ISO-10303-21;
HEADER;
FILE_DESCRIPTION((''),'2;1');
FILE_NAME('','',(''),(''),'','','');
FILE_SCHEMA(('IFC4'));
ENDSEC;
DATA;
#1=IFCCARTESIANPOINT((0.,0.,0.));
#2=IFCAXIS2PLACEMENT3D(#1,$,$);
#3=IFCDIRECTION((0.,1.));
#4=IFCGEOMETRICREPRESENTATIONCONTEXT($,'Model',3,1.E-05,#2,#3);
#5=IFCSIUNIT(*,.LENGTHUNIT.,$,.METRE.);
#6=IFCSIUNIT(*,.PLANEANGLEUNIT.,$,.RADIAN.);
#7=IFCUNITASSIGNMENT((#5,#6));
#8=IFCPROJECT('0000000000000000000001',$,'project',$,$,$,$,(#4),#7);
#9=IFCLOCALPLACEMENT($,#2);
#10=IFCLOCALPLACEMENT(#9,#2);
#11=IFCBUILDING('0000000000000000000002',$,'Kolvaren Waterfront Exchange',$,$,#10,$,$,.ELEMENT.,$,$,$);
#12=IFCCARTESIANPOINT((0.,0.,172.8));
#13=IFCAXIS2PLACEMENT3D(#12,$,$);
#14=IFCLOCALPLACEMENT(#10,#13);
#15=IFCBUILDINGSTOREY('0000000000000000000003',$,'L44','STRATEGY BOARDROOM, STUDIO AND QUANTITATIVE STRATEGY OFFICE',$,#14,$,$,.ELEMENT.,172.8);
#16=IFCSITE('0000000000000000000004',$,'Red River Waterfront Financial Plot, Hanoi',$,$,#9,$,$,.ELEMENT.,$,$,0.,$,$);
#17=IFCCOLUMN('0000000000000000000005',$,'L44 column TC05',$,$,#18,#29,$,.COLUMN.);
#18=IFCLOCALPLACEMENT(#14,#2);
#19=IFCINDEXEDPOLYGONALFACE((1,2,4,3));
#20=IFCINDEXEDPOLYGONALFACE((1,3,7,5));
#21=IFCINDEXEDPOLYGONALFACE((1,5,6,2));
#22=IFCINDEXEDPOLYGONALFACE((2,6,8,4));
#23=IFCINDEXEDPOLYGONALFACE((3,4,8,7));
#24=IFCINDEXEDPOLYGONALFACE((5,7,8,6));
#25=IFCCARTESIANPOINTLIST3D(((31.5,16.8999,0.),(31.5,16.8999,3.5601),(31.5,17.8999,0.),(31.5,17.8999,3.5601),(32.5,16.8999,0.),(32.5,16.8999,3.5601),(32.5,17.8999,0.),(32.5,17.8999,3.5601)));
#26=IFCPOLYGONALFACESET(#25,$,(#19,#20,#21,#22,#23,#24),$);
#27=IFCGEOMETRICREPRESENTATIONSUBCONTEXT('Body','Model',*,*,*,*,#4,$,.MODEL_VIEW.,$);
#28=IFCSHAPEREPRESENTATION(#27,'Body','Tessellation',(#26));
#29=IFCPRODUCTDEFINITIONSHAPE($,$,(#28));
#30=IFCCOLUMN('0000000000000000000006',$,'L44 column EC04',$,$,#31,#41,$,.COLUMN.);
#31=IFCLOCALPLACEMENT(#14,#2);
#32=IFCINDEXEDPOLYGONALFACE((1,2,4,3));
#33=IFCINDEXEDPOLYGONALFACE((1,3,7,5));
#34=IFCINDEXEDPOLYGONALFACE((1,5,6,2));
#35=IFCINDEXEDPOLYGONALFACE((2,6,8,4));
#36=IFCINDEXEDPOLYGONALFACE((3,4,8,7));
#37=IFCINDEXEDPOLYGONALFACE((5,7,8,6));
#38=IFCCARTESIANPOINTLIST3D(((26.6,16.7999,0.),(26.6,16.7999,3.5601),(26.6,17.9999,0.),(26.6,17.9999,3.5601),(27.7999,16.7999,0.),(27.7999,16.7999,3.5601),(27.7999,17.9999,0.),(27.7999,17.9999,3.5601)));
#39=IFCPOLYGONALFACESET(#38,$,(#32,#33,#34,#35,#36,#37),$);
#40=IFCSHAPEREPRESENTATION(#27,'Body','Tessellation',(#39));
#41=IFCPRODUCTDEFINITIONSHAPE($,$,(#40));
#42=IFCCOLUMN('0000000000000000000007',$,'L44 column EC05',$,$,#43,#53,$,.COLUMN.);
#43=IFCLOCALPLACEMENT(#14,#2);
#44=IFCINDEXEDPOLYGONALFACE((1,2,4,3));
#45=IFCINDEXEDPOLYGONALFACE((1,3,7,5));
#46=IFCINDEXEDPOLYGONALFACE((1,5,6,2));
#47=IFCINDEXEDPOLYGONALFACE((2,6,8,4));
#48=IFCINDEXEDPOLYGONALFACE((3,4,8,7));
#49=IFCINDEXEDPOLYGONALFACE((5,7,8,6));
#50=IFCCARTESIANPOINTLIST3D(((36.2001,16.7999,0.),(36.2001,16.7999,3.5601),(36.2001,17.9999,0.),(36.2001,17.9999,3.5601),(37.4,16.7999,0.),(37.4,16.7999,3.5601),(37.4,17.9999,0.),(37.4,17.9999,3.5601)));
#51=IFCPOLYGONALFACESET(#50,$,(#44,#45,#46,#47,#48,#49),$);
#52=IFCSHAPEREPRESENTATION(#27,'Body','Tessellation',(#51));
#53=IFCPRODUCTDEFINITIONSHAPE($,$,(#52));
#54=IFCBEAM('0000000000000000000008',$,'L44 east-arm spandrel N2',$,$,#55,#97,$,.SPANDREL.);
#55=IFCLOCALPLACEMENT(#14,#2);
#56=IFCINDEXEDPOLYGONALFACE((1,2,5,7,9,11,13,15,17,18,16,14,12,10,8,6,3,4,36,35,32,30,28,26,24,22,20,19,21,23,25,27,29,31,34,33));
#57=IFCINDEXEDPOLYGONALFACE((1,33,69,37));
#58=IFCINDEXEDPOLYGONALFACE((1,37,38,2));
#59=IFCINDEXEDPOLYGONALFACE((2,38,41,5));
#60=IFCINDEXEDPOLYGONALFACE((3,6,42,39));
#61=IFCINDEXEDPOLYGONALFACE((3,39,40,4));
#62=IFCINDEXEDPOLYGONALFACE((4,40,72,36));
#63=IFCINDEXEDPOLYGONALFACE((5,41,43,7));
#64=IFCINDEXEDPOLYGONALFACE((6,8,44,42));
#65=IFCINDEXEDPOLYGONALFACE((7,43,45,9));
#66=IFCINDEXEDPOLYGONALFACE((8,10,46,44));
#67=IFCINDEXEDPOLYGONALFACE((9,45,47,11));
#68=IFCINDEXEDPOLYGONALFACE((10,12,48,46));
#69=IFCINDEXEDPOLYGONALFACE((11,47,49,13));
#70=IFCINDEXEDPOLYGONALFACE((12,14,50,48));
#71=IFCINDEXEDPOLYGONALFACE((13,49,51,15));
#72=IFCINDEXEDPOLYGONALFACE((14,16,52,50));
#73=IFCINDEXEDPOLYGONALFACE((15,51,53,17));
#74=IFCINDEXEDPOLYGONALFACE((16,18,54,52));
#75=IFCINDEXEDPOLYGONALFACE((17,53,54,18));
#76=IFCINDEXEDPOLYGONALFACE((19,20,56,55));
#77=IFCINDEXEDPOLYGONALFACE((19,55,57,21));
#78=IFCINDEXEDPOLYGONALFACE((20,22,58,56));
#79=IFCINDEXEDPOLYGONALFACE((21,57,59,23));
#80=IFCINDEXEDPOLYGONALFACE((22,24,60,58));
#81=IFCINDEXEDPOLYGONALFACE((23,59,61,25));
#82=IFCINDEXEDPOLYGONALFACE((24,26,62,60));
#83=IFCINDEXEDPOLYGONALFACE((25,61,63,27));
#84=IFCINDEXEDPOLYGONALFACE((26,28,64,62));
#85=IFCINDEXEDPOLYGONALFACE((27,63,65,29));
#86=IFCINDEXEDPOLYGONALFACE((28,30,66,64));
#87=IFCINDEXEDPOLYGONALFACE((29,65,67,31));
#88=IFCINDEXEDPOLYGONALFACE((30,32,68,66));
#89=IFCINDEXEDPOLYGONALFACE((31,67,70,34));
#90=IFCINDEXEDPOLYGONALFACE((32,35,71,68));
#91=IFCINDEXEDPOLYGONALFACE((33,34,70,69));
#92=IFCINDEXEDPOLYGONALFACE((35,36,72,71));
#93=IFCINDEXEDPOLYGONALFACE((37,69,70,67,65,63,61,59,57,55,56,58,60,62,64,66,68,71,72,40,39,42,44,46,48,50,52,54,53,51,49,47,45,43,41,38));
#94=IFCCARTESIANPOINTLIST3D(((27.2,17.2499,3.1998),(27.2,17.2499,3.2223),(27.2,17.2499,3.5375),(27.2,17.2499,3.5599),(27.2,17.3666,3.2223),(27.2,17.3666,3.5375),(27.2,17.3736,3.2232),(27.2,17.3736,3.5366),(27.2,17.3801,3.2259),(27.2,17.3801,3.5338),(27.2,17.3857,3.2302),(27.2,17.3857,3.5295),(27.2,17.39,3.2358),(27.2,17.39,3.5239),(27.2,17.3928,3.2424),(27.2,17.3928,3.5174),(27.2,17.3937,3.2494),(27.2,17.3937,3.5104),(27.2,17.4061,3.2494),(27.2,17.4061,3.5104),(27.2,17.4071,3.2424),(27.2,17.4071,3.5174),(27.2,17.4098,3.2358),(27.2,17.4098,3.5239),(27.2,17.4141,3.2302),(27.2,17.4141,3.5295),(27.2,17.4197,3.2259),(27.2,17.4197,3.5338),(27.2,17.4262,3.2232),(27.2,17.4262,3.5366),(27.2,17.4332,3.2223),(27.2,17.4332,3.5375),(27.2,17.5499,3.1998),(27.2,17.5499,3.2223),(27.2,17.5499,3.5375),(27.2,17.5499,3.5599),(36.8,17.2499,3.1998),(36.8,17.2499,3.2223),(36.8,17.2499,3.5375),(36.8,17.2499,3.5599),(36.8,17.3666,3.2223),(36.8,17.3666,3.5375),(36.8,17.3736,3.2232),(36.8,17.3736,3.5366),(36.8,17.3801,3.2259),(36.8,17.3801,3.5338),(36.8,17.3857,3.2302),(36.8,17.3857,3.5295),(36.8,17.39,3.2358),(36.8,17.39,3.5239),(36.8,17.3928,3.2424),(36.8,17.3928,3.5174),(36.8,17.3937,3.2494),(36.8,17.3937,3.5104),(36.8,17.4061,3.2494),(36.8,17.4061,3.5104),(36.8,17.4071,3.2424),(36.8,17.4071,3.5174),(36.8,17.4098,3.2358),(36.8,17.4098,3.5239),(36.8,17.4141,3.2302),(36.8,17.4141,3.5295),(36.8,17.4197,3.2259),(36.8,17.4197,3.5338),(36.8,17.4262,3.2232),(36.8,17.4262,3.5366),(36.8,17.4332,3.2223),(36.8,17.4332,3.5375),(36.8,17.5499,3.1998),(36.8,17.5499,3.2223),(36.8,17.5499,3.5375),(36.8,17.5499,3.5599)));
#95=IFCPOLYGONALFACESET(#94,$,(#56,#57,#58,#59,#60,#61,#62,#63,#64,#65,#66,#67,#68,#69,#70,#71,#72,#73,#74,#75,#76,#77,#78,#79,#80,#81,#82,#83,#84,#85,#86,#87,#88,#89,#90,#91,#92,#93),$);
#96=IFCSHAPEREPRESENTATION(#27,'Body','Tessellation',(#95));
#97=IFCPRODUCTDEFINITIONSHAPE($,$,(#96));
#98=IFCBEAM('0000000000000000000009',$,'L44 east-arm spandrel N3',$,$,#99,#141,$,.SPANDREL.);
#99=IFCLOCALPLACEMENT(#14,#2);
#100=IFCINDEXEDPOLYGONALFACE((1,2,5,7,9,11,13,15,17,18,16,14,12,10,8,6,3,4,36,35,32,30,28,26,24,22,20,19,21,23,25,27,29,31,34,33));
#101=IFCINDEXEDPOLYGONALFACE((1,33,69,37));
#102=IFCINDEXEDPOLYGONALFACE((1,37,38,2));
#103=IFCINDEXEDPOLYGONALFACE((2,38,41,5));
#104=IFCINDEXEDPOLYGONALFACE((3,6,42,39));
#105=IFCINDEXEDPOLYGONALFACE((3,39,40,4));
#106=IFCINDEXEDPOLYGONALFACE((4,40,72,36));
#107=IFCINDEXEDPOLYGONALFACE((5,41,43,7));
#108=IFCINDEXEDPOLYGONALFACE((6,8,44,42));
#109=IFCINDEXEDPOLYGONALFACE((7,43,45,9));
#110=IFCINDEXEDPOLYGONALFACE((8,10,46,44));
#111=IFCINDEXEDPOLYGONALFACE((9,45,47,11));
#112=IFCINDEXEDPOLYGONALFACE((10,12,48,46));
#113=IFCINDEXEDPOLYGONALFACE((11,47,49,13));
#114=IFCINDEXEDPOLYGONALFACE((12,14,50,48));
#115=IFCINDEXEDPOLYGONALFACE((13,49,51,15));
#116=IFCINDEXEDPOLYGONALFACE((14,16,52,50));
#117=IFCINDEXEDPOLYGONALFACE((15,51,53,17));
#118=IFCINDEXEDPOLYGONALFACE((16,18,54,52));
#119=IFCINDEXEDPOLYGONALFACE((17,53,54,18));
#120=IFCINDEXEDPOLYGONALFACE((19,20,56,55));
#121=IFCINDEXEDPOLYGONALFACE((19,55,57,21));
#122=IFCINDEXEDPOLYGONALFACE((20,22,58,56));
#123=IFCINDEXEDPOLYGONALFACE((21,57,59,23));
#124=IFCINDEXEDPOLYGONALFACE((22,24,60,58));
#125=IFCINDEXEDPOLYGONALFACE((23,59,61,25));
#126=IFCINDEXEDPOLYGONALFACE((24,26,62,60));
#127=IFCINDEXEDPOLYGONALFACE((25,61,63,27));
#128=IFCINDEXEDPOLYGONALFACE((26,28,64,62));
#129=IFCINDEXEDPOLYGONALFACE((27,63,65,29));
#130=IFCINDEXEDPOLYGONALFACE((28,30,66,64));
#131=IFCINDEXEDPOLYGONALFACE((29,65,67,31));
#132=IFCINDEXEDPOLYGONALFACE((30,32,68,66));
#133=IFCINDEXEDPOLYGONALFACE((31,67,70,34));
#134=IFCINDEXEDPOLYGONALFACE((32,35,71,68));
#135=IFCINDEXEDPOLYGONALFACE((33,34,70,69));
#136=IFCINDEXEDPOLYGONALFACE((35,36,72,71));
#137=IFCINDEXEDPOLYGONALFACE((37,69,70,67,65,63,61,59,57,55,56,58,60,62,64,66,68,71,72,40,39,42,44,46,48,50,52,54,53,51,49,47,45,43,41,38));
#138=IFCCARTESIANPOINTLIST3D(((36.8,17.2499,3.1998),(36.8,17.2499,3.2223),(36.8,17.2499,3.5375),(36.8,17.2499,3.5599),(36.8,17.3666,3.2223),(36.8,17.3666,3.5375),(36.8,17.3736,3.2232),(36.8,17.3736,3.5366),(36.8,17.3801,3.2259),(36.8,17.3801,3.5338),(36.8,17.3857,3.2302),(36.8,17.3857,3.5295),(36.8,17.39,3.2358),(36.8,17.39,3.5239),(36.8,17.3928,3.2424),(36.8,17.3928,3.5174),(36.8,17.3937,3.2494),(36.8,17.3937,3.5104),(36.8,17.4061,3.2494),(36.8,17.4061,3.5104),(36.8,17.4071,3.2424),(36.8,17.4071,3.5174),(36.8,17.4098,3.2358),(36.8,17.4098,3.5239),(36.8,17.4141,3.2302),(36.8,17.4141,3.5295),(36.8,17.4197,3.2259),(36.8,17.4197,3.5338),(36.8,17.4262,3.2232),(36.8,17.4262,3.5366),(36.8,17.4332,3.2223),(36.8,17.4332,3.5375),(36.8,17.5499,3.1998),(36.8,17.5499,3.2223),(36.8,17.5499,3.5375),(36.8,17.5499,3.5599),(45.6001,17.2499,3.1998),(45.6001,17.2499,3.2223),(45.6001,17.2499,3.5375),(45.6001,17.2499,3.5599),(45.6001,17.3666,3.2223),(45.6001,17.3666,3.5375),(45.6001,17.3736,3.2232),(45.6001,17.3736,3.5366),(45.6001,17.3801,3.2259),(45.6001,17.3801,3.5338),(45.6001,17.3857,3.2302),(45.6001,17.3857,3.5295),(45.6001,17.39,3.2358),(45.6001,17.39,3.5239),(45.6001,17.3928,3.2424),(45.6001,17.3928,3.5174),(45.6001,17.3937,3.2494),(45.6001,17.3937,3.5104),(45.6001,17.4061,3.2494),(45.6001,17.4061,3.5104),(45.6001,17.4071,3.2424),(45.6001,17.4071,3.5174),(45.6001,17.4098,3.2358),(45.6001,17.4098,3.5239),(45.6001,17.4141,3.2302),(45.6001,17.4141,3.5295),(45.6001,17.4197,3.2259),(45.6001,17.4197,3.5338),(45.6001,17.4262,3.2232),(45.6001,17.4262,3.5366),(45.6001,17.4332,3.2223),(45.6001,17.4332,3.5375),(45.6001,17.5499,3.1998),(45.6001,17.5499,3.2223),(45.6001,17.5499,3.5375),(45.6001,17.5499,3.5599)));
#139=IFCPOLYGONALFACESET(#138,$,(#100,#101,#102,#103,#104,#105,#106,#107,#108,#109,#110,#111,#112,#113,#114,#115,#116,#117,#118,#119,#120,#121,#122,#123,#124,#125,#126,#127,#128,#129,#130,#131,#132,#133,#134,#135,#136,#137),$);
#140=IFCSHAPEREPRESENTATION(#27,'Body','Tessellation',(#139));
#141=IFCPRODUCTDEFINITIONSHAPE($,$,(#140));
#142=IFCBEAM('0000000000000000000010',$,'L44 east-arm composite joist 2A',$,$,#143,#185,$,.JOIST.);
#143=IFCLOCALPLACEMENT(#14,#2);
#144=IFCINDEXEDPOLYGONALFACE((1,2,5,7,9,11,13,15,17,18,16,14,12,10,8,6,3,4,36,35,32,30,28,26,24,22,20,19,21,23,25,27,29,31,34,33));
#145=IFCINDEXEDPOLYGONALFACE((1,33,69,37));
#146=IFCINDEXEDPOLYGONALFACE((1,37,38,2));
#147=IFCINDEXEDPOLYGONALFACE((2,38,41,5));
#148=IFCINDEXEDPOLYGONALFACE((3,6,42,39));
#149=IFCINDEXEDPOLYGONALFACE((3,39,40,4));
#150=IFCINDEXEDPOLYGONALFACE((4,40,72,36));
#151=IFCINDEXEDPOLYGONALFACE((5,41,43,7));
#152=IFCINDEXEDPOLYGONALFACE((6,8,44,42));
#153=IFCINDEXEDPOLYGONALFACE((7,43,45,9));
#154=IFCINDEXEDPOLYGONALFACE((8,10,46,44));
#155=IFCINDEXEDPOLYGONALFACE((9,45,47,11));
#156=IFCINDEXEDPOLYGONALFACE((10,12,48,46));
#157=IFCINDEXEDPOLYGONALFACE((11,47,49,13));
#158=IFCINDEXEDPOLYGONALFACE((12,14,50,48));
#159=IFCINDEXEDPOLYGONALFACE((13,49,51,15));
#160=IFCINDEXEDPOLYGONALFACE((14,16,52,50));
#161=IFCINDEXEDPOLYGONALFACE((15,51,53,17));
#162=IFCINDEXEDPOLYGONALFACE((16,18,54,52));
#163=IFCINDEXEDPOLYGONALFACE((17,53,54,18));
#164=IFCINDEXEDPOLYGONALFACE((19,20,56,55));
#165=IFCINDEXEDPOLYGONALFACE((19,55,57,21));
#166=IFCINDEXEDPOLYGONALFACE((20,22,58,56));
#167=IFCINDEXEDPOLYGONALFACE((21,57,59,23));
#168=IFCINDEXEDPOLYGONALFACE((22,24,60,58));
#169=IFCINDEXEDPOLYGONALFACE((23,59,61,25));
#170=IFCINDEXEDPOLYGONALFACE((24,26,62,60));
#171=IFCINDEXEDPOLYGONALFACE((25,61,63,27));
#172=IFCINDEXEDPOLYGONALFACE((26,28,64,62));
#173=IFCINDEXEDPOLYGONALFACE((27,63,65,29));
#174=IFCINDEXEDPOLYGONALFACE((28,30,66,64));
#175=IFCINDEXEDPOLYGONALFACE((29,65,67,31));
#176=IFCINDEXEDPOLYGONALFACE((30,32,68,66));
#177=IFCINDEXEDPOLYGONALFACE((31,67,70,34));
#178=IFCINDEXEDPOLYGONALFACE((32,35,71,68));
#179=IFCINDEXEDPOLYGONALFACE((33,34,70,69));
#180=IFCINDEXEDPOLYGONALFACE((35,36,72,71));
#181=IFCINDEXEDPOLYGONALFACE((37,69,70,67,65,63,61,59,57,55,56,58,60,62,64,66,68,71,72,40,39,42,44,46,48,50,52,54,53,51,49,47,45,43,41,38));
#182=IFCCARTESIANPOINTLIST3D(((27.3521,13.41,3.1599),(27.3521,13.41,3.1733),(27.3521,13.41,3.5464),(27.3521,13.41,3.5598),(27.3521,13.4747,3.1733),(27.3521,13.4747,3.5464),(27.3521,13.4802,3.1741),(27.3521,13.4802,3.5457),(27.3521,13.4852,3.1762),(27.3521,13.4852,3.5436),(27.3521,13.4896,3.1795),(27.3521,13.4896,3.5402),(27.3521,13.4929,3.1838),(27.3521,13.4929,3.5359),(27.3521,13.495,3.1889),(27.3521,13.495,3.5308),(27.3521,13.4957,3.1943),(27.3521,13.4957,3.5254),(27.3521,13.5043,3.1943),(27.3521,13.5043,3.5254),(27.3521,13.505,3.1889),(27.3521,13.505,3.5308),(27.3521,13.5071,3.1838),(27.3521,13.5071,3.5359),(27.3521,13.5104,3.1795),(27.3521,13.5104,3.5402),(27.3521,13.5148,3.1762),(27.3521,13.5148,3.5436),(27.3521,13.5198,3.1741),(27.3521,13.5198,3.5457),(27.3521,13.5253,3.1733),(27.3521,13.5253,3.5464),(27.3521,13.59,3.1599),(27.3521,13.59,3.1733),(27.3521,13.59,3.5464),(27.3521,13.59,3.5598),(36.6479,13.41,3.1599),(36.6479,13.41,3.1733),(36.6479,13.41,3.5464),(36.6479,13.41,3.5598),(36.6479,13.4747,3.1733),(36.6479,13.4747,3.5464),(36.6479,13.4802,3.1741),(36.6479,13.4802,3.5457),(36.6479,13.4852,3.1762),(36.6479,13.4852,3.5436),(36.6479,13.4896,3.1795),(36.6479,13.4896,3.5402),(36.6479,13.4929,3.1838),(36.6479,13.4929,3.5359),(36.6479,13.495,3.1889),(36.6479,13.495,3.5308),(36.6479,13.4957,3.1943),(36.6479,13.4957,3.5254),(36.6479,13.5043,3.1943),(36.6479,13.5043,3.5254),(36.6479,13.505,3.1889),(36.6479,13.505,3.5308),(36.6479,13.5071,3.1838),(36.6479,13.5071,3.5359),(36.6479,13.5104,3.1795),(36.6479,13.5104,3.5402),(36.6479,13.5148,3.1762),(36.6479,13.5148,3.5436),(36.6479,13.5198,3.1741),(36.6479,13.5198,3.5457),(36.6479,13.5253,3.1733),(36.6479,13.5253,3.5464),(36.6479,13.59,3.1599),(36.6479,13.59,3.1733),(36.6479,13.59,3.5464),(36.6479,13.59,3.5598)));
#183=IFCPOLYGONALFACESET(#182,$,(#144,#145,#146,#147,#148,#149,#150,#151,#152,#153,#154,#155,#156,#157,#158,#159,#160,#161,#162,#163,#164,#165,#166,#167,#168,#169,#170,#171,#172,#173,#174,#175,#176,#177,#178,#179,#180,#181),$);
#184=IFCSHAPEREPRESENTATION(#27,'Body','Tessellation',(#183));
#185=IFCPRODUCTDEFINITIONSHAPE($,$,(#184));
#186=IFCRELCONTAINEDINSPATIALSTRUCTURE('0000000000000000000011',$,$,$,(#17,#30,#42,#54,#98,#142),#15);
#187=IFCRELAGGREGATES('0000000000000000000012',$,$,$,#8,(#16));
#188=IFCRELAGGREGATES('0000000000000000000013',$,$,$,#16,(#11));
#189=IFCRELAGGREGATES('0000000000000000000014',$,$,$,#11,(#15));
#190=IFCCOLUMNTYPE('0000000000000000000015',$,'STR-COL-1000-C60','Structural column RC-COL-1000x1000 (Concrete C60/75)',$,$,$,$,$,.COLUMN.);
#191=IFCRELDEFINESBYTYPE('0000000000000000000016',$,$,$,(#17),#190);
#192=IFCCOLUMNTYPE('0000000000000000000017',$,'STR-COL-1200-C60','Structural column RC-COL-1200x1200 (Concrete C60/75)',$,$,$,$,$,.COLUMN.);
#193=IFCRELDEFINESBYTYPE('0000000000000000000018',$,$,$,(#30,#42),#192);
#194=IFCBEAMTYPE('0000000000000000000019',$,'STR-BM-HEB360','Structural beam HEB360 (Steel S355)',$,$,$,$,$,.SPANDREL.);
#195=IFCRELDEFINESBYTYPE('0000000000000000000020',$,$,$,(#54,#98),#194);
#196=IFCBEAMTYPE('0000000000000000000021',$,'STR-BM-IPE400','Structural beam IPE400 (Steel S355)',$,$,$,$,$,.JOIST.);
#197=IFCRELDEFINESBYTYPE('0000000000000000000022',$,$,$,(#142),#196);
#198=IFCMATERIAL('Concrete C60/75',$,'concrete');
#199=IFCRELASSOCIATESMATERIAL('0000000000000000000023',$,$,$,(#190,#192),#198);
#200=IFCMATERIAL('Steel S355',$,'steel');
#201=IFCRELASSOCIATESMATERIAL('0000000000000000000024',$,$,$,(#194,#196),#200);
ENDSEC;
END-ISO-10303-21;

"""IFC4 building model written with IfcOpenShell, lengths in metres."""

from ifc_helpers import new_model, si_unit, direction, frame, origin, origin_2d, place, context, subcontext, project, spatial, rectangle, i_section, extrude, material, material_profile, profile_set, type_object, element, save


model = new_model("IFC4")

# Units and contexts
model_context = context("Model", 3, precision=1e-05, world=origin(), true_north=direction((0.0, 1.0)))
body_context = subcontext(model_context, "Body", "Model", "MODEL_VIEW")
ifc_project = project(units=[si_unit("LENGTHUNIT", "METRE"), si_unit("PLANEANGLEUNIT", "RADIAN")], contexts=[model_context])

# Site, building, storey
site_placement = place(None, origin())
site = spatial("IfcSite", under=ifc_project, at=site_placement, Name="Red River Waterfront Financial Plot, Hanoi", CompositionType="ELEMENT", RefElevation=0.0)
building_placement = place(site_placement, origin())
building = spatial("IfcBuilding", under=site, at=building_placement, Name="Kolvaren Waterfront Exchange", CompositionType="ELEMENT")
storey_placement = place(building_placement, frame((0.0, 0.0, 172.8)))
storey = spatial("IfcBuildingStorey", under=building, at=storey_placement, Name="L44", Description="STRATEGY BOARDROOM, STUDIO AND QUANTITATIVE STRATEGY OFFICE", CompositionType="ELEMENT", Elevation=172.8)

# Columns
ifc_material_1 = material(Name="Concrete C60/75", Category="concrete")
ifc_material_profile_1 = material_profile(ifc_material_1, rectangle(XDim=1.0, YDim=1.0, at=origin_2d()), Name="RC-COL-1000x1000")
ifc_profile_set_1 = profile_set([ifc_material_profile_1], Name="Concrete C60/75")
column_type_1 = type_object("IfcColumnType", Name="STR-COL-1000-C60", Description="Structural column RC-COL-1000x1000 (Concrete C60/75)", PredefinedType="COLUMN", material=ifc_profile_set_1)
column_placement = place(storey_placement, frame((32.0, 17.3999, 0.0), z_axis=(0.0, 0.0, 1.0), x_axis=(1.0, 0.0, 0.0)))
element("IfcColumn", 1, at=column_placement, inside=storey, type_object=column_type_1, Name="L44 column TC05", PredefinedType="COLUMN", context=body_context, shape_type="SweptSolid", body=[
    extrude(rectangle(XDim=1.0, YDim=1.0, at=origin_2d()), origin(), (0.0, 0.0, 1.0), 3.5601),
])
ifc_material_profile_2 = material_profile(ifc_material_1, rectangle(XDim=1.2, YDim=1.2, at=origin_2d()), Name="RC-COL-1200x1200")
ifc_profile_set_2 = profile_set([ifc_material_profile_2], Name="Concrete C60/75")
column_type_2 = type_object("IfcColumnType", Name="STR-COL-1200-C60", Description="Structural column RC-COL-1200x1200 (Concrete C60/75)", PredefinedType="COLUMN", material=ifc_profile_set_2)
for number, where, z_axis, x_axis, name in (
    (2, (27.2, 17.3999, 0.0), (0.0, 0.0, 1.0), (1.0, 0.0, 0.0), "L44 column EC04"),
    (3, (36.8, 17.3999, 0.0), (0.0, 0.0, 1.0), (1.0, 0.0, 0.0), "L44 column EC05"),
):
    element("IfcColumn", number, at=place(storey_placement, frame(where, z_axis=z_axis, x_axis=x_axis)), inside=storey, type_object=column_type_2, Name=name, PredefinedType="COLUMN", context=body_context, shape_type="SweptSolid", body=[
        extrude(rectangle(XDim=1.2, YDim=1.2, at=origin_2d()), origin(), (0.0, 0.0, 1.0), 3.5601),
    ])

# Beams
ifc_material_2 = material(Name="Steel S355", Category="steel")
ifc_material_profile_3 = material_profile(ifc_material_2, i_section(OverallWidth=0.3, OverallDepth=0.3601, WebThickness=0.0125, FlangeThickness=0.0225, FilletRadius=0.0271, at=origin_2d()), Name="HEB360")
ifc_profile_set_3 = profile_set([ifc_material_profile_3], Name="Steel S355")
beam_type_1 = type_object("IfcBeamType", Name="STR-BM-HEB360", Description="Structural beam HEB360 (Steel S355)", PredefinedType="SPANDREL", material=ifc_profile_set_3)
beam_1_placement = place(storey_placement, frame((27.2, 17.3999, 3.3799), z_axis=(1.0, 0.0, 0.0), x_axis=(0.0, 1.0, 0.0)))
element("IfcBeam", 4, at=beam_1_placement, inside=storey, type_object=beam_type_1, Name="L44 east-arm spandrel N2", PredefinedType="SPANDREL", context=body_context, shape_type="SweptSolid", body=[
    extrude(i_section(OverallWidth=0.3, OverallDepth=0.3601, WebThickness=0.0125, FlangeThickness=0.0225, FilletRadius=0.0271, at=origin_2d()), origin(), (0.0, 0.0, 1.0), 9.6001),
])
beam_2_placement = place(storey_placement, frame((36.8, 17.3999, 3.3799), z_axis=(1.0, 0.0, 0.0), x_axis=(0.0, 1.0, 0.0)))
element("IfcBeam", 5, at=beam_2_placement, inside=storey, type_object=beam_type_1, Name="L44 east-arm spandrel N3", PredefinedType="SPANDREL", context=body_context, shape_type="SweptSolid", body=[
    extrude(i_section(OverallWidth=0.3, OverallDepth=0.3601, WebThickness=0.0125, FlangeThickness=0.0225, FilletRadius=0.0271, at=origin_2d()), origin(), (0.0, 0.0, 1.0), 8.8),
])
ifc_material_profile_4 = material_profile(ifc_material_2, i_section(OverallWidth=0.1799, OverallDepth=0.3999, WebThickness=0.0085, FlangeThickness=0.0134, FilletRadius=0.021, at=origin_2d()), Name="IPE400")
ifc_profile_set_4 = profile_set([ifc_material_profile_4], Name="Steel S355")
beam_type_2 = type_object("IfcBeamType", Name="STR-BM-IPE400", Description="Structural beam IPE400 (Steel S355)", PredefinedType="JOIST", material=ifc_profile_set_4)
for number, where, z_axis, x_axis, name in (
    (6, (27.3521, 13.5, 3.3599), (1.0, 0.0, 0.0), (0.0, 1.0, 0.0), "L44 east-arm composite joist 2A"),
):
    element("IfcBeam", number, at=place(storey_placement, frame(where, z_axis=z_axis, x_axis=x_axis)), inside=storey, type_object=beam_type_2, Name=name, PredefinedType="JOIST", context=body_context, shape_type="SweptSolid", body=[
        extrude(i_section(OverallWidth=0.1799, OverallDepth=0.3999, WebThickness=0.0085, FlangeThickness=0.0134, FilletRadius=0.021, at=origin_2d()), origin(), (0.0, 0.0, 1.0), 9.2959),
    ])

save(model, "model.ifc")
